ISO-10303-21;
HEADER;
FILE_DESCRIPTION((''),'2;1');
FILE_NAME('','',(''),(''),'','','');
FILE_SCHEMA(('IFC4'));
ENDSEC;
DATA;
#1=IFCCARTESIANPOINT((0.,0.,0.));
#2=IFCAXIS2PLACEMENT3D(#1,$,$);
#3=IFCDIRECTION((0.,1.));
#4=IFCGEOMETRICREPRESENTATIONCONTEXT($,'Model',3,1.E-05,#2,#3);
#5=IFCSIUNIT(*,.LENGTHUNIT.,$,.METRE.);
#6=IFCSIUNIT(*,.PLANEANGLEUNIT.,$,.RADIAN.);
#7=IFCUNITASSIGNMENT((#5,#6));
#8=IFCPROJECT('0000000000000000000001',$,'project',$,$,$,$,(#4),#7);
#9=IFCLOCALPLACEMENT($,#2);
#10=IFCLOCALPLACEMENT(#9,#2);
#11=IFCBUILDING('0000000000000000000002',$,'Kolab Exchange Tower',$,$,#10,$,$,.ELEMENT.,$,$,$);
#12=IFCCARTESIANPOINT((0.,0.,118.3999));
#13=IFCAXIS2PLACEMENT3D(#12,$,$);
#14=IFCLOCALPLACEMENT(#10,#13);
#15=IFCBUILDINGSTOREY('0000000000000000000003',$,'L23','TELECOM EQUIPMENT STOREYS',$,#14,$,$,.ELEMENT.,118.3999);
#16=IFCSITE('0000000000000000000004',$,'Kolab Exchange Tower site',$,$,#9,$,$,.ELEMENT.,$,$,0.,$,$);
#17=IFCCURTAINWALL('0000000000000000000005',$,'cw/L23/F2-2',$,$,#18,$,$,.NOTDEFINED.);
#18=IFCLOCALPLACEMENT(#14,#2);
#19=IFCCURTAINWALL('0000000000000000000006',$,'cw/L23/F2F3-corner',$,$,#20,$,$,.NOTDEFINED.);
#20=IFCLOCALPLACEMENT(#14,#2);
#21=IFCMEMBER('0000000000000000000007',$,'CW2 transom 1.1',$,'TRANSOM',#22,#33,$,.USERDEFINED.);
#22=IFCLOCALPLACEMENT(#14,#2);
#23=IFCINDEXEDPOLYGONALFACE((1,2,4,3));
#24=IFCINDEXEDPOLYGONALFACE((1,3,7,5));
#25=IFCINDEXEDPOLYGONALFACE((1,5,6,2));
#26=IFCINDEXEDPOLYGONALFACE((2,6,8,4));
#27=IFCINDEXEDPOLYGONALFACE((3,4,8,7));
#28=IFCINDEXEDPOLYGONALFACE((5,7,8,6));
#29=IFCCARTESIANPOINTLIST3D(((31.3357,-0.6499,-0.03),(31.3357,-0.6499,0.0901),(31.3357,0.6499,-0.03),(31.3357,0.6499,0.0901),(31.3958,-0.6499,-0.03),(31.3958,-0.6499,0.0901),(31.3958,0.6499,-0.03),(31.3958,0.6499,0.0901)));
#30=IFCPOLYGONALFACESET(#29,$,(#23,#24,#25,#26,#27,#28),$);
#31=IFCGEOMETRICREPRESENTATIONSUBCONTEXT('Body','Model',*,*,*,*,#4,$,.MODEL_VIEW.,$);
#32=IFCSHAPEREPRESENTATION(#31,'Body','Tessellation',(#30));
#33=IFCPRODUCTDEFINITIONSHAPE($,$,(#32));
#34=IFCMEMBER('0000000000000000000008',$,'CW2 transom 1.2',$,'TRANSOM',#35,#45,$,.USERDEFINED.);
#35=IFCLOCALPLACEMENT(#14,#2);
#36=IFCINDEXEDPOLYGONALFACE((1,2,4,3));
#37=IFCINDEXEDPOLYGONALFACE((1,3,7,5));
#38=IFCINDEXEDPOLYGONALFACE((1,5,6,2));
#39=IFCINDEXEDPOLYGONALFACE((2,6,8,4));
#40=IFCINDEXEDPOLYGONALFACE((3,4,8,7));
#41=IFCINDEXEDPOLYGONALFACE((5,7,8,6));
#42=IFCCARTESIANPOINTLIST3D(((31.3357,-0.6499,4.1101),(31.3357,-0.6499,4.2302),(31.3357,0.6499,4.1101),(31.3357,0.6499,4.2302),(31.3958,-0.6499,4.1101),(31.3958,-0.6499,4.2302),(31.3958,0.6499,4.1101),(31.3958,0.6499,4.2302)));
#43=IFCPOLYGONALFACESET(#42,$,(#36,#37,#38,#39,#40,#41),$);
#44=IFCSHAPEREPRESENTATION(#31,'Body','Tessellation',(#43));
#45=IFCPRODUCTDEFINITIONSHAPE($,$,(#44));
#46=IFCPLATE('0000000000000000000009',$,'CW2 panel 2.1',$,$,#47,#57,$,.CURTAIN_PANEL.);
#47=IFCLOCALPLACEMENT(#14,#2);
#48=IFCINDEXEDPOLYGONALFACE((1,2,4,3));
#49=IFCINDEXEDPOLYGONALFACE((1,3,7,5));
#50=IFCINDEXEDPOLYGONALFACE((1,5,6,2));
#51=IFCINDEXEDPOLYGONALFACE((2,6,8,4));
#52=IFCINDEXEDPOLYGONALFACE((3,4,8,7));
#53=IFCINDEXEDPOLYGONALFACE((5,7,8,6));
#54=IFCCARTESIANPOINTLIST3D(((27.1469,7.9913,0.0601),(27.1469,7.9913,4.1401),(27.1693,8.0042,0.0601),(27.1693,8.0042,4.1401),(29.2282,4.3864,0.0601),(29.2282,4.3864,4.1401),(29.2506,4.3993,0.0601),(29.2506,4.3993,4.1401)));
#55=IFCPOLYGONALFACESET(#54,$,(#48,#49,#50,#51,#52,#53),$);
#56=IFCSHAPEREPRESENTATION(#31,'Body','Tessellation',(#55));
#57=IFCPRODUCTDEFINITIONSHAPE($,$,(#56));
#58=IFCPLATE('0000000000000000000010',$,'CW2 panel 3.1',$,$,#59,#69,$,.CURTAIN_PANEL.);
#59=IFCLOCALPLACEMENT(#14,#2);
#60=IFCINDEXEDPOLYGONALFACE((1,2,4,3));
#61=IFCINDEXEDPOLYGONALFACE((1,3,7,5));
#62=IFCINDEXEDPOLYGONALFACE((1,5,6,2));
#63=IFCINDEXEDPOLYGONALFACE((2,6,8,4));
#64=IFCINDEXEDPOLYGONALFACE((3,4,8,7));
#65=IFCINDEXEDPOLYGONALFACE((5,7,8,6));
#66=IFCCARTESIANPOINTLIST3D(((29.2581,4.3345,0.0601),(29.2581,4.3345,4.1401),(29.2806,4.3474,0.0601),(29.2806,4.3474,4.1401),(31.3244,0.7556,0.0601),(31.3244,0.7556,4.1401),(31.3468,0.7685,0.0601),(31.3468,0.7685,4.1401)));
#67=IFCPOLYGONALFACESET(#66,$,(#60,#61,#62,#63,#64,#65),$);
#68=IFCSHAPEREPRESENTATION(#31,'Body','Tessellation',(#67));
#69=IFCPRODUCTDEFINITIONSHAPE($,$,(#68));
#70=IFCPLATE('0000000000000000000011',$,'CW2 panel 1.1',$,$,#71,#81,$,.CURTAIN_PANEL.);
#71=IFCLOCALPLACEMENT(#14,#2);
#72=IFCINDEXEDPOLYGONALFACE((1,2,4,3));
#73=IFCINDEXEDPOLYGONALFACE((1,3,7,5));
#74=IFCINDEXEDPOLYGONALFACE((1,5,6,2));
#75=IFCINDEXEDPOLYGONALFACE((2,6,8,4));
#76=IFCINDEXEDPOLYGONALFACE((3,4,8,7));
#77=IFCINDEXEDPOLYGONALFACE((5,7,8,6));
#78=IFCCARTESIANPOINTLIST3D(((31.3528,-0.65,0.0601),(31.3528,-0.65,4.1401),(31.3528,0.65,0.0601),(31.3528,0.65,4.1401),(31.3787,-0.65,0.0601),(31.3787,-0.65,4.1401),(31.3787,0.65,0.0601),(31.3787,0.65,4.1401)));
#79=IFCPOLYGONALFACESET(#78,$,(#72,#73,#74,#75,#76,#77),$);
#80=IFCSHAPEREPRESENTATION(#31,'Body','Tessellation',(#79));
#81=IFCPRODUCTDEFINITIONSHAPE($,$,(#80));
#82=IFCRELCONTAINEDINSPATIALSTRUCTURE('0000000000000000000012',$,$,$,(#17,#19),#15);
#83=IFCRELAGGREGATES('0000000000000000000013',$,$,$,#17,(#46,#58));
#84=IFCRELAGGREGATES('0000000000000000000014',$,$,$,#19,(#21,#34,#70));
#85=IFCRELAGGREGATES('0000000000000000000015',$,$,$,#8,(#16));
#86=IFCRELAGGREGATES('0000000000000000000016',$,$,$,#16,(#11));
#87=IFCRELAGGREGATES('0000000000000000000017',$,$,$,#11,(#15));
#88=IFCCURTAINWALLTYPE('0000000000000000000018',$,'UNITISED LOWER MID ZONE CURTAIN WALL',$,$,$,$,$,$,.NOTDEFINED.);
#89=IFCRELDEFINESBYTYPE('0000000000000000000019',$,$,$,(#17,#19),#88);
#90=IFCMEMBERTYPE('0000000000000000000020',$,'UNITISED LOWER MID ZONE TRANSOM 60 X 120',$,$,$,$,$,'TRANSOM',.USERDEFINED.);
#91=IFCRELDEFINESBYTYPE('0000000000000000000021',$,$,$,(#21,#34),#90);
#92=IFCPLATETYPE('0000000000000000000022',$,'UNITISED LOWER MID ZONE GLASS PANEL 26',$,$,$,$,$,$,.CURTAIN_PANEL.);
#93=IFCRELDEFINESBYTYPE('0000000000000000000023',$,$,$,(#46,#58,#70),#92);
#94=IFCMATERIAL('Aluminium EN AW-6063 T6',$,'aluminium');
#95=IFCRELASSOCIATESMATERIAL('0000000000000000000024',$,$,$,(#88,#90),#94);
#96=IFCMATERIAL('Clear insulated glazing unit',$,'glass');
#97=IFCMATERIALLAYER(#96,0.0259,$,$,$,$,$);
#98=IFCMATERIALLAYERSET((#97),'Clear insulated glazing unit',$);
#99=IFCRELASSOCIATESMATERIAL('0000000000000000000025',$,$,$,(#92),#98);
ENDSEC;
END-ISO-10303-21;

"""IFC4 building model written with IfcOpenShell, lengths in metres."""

from ifc_helpers import new_model, si_unit, direction, frame, origin, origin_2d, place, context, subcontext, project, spatial, rectangle, extrude, material, layer, layer_set, material_profile, profile_set, type_object, element, aggregate, save


model = new_model("IFC4")

# Units and contexts
model_context = context("Model", 3, precision=1e-05, world=origin(), true_north=direction((0.0, 1.0)))
body_context = subcontext(model_context, "Body", "Model", "MODEL_VIEW")
ifc_project = project(units=[si_unit("LENGTHUNIT", "METRE"), si_unit("PLANEANGLEUNIT", "RADIAN")], contexts=[model_context])

# Site, building, storey
site_placement = place(None, origin())
site = spatial("IfcSite", under=ifc_project, at=site_placement, Name="Kolab Exchange Tower site", CompositionType="ELEMENT", RefElevation=0.0)
building_placement = place(site_placement, origin())
building = spatial("IfcBuilding", under=site, at=building_placement, Name="Kolab Exchange Tower", CompositionType="ELEMENT")
storey_placement = place(building_placement, frame((0.0, 0.0, 118.3999)))
storey = spatial("IfcBuildingStorey", under=building, at=storey_placement, Name="L23", Description="TELECOM EQUIPMENT STOREYS", CompositionType="ELEMENT", Elevation=118.3999)

# Curtain wall
ifc_material_1 = material(Name="Aluminium EN AW-6063 T6", Category="aluminium")
curtain_wall_type = type_object("IfcCurtainWallType", Name="UNITISED LOWER MID ZONE CURTAIN WALL", PredefinedType="NOTDEFINED", material=ifc_material_1)
curtain_wall_1_placement = place(storey_placement, origin())
curtain_wall_1 = element("IfcCurtainWall", 1, at=curtain_wall_1_placement, inside=storey, type_object=curtain_wall_type, Name="cw/L23/F2-2", PredefinedType="NOTDEFINED")

# Curtain wall
curtain_wall_2_placement = place(storey_placement, origin())
curtain_wall_2 = element("IfcCurtainWall", 2, at=curtain_wall_2_placement, inside=storey, type_object=curtain_wall_type, Name="cw/L23/F2F3-corner", PredefinedType="NOTDEFINED")

# Members
ifc_material_profile_1 = material_profile(ifc_material_1, rectangle(XDim=0.0601, YDim=0.1201, at=origin_2d()), Name="RECT 60X120")
ifc_profile_set_1 = profile_set([ifc_material_profile_1], Name="Aluminium EN AW-6063 T6")
member_type_1 = type_object("IfcMemberType", Name="UNITISED LOWER MID ZONE TRANSOM 60 X 120", ElementType="TRANSOM", PredefinedType="USERDEFINED", material=ifc_profile_set_1)
member_1_placement = place(storey_placement, frame((31.3657, 0.6499, 0.03), z_axis=(0.0, -1.0, 0.0), x_axis=(1.0, 0.0, 0.0)))
member_1 = element("IfcMember", 3, at=member_1_placement, type_object=member_type_1, Name="CW2 transom 1.1", ObjectType="TRANSOM", PredefinedType="USERDEFINED", context=body_context, shape_type="SweptSolid", body=[
    extrude(rectangle(XDim=0.0601, YDim=0.1201, at=origin_2d()), origin(), (0.0, 0.0, 1.0), 1.2998),
])
member_2_placement = place(storey_placement, frame((31.3657, 0.6499, 4.1702), z_axis=(0.0, -1.0, 0.0), x_axis=(1.0, 0.0, 0.0)))
member_2 = element("IfcMember", 4, at=member_2_placement, type_object=member_type_1, Name="CW2 transom 1.2", ObjectType="TRANSOM", PredefinedType="USERDEFINED", context=body_context, shape_type="SweptSolid", body=[
    extrude(rectangle(XDim=0.0601, YDim=0.1201, at=origin_2d()), origin(), (0.0, 0.0, 1.0), 1.2998),
])

# Plates
ifc_material_2 = material(Name="Clear insulated glazing unit", Category="glass")
ifc_layer = layer(ifc_material_2, 0.0259)
ifc_layer_set = layer_set([ifc_layer], Name="Clear insulated glazing unit")
plate_type = type_object("IfcPlateType", Name="UNITISED LOWER MID ZONE GLASS PANEL 26", PredefinedType="CURTAIN_PANEL", material=ifc_layer_set)
plate_1_placement = place(storey_placement, frame((28.1987, 6.1953, 0.0601), z_axis=(0.0, 0.0, 1.0), x_axis=(0.5, -0.866025, 0.0)))
plate_1 = element("IfcPlate", 5, at=plate_1_placement, type_object=plate_type, Name="CW2 panel 2.1", PredefinedType="CURTAIN_PANEL", context=body_context, shape_type="SweptSolid", body=[
    extrude(rectangle(XDim=4.1626, YDim=0.0259, at=origin_2d()), origin(), (0.0, 0.0, 1.0), 4.0801),
])
plate_2_placement = place(storey_placement, frame((30.3025, 2.5515, 0.0601), z_axis=(0.0, 0.0, 1.0), x_axis=(0.5, -0.866025, 0.0)))
plate_2 = element("IfcPlate", 6, at=plate_2_placement, type_object=plate_type, Name="CW2 panel 3.1", PredefinedType="CURTAIN_PANEL", context=body_context, shape_type="SweptSolid", body=[
    extrude(rectangle(XDim=4.1326, YDim=0.0259, at=origin_2d()), origin(), (0.0, 0.0, 1.0), 4.0801),
])
aggregate(curtain_wall_1, [plate_1, plate_2])
plate_3_placement = place(storey_placement, frame((31.3657, 0.0, 0.0601), z_axis=(0.0, 0.0, 1.0), x_axis=(0.0, -1.0, 0.0)))
plate_3 = element("IfcPlate", 7, at=plate_3_placement, type_object=plate_type, Name="CW2 panel 1.1", PredefinedType="CURTAIN_PANEL", context=body_context, shape_type="SweptSolid", body=[
    extrude(rectangle(XDim=1.3, YDim=0.0259, at=origin_2d()), origin(), (0.0, 0.0, 1.0), 4.0801),
])
aggregate(curtain_wall_2, [member_1, member_2, plate_3])

save(model, "model.ifc")
